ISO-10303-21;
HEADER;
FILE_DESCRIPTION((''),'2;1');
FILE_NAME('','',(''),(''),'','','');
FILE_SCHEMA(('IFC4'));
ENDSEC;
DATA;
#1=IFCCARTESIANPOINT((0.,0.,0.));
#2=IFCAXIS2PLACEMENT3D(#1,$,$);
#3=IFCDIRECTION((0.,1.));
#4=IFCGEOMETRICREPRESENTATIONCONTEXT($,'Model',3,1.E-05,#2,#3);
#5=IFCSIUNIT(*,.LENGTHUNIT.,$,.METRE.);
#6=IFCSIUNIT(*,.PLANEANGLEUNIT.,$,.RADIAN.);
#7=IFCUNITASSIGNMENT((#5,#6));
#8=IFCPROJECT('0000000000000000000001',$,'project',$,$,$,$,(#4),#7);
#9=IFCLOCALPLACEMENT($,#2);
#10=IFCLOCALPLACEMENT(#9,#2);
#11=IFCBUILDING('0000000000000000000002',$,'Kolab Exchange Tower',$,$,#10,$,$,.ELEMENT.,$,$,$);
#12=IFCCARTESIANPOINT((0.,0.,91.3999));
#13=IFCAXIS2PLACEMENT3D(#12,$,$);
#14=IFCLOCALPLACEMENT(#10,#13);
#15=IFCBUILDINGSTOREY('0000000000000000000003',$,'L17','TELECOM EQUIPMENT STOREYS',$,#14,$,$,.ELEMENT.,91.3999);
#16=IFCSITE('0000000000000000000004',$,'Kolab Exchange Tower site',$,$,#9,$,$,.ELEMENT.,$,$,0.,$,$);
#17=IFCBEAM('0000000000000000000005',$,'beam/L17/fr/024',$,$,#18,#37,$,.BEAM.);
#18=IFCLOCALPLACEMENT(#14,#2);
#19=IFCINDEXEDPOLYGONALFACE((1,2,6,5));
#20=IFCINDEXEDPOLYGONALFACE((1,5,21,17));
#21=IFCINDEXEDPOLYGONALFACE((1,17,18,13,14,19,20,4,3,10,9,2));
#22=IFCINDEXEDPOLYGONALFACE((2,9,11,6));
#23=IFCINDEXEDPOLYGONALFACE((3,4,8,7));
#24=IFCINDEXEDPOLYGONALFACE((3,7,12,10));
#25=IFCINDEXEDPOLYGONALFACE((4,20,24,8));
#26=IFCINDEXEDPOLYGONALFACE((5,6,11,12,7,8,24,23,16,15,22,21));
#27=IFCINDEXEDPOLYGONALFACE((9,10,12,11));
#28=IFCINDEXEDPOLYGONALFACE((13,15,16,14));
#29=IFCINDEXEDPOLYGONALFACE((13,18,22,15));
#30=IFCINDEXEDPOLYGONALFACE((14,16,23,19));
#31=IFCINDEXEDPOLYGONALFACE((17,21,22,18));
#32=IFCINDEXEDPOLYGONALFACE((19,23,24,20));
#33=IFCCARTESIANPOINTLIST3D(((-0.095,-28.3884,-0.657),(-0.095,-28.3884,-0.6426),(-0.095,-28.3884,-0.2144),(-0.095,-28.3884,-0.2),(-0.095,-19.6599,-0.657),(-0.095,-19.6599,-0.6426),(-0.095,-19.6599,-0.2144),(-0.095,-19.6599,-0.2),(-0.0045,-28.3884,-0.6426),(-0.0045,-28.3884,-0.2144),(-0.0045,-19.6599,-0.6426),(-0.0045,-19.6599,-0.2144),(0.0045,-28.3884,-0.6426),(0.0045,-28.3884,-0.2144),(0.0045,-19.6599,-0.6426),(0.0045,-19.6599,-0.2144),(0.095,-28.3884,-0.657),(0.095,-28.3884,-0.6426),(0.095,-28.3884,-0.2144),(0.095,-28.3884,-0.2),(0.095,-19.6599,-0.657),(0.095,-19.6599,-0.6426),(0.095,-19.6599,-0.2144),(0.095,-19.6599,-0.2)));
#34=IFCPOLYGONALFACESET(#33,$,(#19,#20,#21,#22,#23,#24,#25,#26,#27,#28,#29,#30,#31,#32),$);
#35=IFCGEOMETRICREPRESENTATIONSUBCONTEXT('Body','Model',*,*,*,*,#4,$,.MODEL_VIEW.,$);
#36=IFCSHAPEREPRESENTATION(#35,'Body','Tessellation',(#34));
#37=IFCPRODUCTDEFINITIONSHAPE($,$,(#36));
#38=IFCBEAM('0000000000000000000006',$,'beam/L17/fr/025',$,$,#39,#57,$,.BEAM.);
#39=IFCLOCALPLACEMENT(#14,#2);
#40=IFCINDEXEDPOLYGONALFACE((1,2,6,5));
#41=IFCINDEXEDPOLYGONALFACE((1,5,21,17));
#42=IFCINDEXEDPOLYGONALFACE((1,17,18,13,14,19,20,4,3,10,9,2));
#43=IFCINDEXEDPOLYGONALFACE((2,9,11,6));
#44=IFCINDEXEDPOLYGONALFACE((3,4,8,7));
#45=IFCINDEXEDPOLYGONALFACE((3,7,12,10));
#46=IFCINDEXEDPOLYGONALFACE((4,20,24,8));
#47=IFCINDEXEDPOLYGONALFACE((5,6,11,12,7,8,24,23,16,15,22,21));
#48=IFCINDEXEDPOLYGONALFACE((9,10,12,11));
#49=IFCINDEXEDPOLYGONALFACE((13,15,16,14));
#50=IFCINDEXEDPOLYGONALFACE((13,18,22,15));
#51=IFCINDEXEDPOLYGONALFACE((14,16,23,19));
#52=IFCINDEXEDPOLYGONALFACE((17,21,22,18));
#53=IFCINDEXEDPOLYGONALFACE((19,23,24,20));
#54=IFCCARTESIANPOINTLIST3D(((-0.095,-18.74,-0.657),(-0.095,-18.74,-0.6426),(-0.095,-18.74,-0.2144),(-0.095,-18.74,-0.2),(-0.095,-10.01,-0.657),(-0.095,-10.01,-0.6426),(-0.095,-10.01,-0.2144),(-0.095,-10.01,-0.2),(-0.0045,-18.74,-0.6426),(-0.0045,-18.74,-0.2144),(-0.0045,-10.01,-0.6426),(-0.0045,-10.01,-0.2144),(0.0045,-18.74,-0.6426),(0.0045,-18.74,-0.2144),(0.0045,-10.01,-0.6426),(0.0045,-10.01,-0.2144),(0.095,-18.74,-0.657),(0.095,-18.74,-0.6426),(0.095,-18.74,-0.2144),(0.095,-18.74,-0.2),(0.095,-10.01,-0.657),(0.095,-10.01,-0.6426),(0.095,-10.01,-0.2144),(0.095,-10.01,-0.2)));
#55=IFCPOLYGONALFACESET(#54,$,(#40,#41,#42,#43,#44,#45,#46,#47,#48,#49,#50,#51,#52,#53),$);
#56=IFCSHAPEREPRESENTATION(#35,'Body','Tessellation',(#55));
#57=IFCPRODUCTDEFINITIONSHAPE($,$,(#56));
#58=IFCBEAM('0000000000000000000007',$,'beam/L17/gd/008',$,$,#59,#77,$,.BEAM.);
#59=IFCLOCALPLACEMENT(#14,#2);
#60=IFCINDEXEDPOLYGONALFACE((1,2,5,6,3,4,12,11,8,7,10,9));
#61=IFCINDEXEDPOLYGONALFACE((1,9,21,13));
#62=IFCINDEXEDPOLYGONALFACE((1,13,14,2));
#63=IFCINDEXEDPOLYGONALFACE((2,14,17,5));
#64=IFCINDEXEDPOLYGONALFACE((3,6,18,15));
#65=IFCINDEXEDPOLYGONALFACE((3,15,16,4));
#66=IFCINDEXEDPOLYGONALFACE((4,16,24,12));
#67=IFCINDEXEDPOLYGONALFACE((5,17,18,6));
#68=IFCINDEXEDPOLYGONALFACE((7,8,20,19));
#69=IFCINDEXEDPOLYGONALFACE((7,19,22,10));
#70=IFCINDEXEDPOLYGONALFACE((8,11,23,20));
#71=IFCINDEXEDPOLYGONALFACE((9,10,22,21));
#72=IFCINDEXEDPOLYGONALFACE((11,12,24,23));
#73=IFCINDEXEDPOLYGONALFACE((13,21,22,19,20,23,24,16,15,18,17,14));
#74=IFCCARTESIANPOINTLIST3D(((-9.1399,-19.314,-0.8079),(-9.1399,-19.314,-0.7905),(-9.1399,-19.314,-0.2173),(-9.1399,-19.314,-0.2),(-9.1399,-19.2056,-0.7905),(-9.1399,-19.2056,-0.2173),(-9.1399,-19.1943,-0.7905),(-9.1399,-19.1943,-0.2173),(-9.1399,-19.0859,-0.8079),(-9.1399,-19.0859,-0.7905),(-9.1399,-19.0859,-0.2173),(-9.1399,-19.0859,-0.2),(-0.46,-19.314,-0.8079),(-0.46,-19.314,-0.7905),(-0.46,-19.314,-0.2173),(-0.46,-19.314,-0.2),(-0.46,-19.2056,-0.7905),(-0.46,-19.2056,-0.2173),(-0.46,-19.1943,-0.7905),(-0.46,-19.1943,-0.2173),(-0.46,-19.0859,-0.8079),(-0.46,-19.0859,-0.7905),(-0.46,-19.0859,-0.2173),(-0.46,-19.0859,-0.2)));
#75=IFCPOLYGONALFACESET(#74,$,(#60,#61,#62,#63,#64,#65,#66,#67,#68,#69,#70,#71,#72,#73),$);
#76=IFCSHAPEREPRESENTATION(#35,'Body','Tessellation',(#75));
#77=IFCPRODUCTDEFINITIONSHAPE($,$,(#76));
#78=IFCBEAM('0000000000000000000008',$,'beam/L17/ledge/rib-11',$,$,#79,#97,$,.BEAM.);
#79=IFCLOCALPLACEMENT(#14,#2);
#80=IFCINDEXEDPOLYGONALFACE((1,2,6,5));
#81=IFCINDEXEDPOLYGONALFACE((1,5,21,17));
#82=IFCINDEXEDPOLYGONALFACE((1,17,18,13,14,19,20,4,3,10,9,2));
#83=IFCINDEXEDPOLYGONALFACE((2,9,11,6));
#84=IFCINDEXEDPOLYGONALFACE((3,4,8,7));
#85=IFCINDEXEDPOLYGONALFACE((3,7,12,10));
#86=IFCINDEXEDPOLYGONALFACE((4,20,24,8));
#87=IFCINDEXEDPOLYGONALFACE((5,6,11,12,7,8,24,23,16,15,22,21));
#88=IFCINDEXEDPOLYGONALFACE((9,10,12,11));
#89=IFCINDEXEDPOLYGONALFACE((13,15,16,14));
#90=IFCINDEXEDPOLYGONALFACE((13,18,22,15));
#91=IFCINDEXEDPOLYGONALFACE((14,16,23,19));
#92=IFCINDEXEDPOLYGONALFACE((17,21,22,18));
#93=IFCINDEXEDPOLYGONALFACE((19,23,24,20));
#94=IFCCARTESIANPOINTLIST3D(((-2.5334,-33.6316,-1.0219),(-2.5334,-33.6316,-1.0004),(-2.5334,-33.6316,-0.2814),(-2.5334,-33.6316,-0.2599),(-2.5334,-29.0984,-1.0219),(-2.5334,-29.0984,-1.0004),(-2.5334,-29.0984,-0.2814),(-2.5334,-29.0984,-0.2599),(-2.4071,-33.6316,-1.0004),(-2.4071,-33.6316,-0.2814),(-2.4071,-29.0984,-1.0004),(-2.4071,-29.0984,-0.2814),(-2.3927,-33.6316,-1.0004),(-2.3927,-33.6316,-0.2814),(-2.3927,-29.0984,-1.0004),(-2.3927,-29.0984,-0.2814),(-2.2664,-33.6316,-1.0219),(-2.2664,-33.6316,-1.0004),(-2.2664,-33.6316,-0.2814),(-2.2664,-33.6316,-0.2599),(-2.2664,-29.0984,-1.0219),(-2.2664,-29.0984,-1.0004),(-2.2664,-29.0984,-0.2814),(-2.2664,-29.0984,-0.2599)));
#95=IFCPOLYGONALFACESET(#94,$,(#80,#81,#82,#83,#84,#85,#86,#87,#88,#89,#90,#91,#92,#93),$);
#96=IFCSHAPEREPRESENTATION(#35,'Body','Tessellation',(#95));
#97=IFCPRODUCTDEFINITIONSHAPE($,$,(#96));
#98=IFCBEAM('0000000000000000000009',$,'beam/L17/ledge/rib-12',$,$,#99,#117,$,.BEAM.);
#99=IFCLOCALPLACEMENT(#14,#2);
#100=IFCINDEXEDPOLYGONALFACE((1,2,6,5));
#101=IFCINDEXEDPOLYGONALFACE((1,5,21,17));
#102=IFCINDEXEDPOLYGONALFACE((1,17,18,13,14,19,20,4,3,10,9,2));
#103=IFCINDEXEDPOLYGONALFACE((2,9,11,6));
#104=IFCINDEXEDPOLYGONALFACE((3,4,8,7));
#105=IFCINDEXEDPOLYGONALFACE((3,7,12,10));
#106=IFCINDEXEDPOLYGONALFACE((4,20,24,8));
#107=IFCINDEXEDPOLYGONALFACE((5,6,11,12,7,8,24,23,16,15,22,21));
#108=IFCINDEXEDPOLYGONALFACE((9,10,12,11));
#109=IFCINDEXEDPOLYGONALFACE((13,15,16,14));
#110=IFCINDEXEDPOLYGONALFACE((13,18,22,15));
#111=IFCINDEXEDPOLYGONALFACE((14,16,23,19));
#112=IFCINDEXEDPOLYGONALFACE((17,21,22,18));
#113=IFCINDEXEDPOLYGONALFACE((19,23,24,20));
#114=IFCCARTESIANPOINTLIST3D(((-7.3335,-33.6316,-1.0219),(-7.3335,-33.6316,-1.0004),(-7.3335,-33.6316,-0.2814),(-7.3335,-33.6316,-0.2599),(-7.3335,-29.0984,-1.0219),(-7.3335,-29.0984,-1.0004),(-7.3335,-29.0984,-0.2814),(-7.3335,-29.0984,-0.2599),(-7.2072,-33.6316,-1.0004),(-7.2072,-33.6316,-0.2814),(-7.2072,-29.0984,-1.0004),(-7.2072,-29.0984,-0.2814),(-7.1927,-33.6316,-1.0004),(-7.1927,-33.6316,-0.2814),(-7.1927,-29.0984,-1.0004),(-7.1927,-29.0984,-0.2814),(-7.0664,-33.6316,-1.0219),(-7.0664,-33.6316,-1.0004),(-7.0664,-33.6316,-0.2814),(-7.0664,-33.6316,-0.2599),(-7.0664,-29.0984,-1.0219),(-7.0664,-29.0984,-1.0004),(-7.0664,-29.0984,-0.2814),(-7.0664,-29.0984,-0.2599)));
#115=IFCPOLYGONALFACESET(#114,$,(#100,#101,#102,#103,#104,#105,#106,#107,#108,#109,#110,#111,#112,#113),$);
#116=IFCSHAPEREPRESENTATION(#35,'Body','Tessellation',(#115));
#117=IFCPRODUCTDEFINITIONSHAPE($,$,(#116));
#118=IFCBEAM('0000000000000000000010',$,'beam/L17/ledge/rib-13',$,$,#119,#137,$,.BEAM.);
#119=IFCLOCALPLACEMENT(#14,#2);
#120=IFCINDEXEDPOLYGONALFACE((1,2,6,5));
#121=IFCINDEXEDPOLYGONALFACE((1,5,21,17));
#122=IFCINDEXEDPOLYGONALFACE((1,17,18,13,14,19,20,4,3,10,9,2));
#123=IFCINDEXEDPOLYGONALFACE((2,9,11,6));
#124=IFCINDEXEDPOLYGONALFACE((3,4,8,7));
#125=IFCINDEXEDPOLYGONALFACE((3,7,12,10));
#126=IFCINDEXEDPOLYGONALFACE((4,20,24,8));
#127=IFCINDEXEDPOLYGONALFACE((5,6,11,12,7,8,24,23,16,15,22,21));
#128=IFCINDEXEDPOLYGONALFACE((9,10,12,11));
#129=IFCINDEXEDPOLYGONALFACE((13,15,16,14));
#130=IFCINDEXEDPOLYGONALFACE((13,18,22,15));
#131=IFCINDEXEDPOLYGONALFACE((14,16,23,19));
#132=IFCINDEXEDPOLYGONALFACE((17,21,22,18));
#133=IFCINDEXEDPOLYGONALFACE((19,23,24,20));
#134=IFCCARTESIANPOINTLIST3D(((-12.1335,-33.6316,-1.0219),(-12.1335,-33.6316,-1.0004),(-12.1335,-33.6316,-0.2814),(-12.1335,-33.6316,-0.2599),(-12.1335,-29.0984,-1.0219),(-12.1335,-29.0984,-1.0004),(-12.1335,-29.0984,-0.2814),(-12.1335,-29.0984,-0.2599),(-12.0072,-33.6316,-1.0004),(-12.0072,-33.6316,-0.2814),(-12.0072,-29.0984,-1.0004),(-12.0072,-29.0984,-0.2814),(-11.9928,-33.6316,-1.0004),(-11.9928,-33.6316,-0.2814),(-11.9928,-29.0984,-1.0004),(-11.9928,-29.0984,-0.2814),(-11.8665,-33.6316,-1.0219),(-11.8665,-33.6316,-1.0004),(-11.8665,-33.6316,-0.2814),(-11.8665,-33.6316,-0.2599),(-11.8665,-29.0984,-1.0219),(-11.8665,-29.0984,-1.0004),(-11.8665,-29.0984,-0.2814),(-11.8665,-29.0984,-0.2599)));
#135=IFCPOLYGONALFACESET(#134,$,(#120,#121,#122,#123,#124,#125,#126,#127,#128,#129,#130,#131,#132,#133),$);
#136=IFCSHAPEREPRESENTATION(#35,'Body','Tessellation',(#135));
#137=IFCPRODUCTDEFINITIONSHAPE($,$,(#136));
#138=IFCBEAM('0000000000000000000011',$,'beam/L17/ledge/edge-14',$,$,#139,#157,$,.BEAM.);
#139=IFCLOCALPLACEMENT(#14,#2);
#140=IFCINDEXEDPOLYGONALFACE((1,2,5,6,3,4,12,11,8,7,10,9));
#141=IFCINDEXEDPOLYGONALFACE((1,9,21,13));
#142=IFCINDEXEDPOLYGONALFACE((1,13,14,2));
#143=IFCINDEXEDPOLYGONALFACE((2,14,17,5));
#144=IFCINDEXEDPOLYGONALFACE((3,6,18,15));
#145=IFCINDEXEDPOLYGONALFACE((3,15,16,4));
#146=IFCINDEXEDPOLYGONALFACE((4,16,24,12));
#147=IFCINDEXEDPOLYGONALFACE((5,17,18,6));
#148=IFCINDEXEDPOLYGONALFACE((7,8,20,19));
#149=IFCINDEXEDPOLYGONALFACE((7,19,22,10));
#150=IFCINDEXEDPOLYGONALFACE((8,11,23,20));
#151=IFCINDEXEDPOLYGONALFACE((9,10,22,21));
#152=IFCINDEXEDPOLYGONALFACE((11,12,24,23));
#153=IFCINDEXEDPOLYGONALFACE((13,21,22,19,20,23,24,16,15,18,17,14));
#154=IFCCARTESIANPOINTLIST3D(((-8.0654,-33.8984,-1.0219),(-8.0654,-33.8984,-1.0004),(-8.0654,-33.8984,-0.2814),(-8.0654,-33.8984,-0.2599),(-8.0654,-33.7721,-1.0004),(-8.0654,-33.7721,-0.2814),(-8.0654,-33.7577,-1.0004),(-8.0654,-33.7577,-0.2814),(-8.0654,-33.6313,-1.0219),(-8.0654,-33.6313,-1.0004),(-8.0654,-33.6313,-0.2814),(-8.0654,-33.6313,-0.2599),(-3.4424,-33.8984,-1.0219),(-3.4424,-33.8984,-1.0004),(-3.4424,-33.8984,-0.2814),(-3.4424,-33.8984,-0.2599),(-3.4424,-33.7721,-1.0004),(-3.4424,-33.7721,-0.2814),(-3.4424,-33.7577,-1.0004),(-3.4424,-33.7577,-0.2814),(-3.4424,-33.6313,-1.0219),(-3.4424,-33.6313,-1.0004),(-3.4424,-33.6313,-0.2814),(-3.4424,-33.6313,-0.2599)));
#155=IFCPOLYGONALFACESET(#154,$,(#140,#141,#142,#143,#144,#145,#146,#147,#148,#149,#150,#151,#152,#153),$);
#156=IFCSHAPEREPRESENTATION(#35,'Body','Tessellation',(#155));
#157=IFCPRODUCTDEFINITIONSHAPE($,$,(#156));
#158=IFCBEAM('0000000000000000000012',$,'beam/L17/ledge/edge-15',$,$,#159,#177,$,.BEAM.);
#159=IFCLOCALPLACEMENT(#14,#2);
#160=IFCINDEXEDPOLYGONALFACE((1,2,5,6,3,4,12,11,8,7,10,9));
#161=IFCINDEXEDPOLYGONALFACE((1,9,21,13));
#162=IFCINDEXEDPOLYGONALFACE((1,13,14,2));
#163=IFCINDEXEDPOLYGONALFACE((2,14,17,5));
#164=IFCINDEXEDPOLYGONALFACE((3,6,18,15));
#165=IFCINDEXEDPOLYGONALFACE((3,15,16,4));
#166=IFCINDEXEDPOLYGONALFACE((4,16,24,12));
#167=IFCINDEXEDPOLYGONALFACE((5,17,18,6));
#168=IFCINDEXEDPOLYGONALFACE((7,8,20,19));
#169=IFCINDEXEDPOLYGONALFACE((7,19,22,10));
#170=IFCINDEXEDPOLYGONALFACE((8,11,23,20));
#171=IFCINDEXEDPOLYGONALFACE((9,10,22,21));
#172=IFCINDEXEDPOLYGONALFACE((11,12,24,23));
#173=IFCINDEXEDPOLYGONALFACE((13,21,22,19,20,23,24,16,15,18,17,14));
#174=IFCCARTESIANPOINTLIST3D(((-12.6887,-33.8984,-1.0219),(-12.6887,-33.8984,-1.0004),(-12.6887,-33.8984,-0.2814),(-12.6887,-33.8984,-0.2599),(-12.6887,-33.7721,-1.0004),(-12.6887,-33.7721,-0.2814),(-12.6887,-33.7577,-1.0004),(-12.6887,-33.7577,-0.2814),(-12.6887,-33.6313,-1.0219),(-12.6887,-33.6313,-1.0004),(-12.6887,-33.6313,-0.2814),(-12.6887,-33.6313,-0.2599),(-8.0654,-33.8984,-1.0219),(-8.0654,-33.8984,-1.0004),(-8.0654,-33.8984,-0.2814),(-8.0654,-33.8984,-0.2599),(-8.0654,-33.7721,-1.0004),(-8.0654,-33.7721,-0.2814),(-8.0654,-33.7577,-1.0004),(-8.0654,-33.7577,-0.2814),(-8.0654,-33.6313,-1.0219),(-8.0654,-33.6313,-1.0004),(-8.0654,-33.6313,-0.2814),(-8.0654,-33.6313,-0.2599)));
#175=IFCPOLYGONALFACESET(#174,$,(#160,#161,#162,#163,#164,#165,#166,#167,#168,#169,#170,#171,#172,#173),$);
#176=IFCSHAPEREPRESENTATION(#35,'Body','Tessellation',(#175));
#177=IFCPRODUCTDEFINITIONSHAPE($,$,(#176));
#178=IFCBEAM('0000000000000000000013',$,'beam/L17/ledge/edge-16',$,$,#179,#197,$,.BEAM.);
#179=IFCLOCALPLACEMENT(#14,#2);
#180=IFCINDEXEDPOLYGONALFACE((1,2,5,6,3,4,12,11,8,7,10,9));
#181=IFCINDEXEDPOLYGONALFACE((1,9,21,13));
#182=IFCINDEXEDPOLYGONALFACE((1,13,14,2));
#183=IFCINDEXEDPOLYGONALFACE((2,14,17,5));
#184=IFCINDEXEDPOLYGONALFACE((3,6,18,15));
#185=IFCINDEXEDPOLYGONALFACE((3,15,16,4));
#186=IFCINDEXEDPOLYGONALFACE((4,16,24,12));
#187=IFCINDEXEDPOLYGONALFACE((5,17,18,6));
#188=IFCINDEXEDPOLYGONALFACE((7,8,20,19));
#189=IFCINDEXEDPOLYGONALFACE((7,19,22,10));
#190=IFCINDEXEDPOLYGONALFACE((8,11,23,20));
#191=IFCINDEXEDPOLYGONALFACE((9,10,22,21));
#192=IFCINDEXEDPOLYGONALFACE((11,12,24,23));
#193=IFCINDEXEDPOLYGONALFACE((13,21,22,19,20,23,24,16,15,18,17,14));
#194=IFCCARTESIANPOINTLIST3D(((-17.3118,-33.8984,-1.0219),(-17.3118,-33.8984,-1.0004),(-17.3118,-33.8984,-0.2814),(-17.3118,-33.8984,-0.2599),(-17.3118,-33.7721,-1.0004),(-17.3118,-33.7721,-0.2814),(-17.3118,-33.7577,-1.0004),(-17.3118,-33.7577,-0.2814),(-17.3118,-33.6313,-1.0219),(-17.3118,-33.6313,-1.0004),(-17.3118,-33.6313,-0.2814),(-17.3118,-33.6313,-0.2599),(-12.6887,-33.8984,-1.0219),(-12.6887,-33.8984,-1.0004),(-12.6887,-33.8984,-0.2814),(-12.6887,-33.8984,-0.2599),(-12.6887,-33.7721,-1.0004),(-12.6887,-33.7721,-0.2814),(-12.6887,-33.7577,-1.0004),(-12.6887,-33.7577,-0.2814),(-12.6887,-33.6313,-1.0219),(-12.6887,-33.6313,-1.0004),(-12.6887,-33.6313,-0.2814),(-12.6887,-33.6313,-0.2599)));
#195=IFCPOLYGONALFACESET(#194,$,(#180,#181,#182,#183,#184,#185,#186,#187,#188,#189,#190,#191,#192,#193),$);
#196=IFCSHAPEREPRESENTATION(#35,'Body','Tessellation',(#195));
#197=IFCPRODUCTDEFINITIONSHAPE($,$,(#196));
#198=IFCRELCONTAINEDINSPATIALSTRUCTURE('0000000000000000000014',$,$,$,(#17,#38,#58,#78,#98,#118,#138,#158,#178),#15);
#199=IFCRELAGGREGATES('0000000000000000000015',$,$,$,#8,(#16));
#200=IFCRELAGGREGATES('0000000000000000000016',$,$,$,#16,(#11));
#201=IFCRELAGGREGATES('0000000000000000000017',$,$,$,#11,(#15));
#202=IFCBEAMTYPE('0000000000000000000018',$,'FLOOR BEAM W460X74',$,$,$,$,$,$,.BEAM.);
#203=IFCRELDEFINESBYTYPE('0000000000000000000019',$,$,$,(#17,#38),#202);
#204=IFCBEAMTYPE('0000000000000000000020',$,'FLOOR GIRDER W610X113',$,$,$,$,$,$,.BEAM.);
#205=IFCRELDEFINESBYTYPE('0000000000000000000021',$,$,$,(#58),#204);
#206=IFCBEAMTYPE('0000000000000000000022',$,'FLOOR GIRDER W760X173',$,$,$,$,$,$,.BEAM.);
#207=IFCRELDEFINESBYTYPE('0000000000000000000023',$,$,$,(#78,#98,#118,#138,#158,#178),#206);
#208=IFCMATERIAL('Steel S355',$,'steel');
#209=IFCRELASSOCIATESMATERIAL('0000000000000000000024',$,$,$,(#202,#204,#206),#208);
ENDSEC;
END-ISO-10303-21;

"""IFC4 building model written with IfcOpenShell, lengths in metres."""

from ifc_helpers import new_model, si_unit, direction, frame, origin, origin_2d, place, context, subcontext, project, spatial, i_section, extrude, material, material_profile, profile_set, type_object, element, save


model = new_model("IFC4")

# Units and contexts
model_context = context("Model", 3, precision=1e-05, world=origin(), true_north=direction((0.0, 1.0)))
body_context = subcontext(model_context, "Body", "Model", "MODEL_VIEW")
ifc_project = project(units=[si_unit("LENGTHUNIT", "METRE"), si_unit("PLANEANGLEUNIT", "RADIAN")], contexts=[model_context])

# Site, building, storey
site_placement = place(None, origin())
site = spatial("IfcSite", under=ifc_project, at=site_placement, Name="Kolab Exchange Tower site", CompositionType="ELEMENT", RefElevation=0.0)
building_placement = place(site_placement, origin())
building = spatial("IfcBuilding", under=site, at=building_placement, Name="Kolab Exchange Tower", CompositionType="ELEMENT")
storey_placement = place(building_placement, frame((0.0, 0.0, 91.3999)))
storey = spatial("IfcBuildingStorey", under=building, at=storey_placement, Name="L17", Description="TELECOM EQUIPMENT STOREYS", CompositionType="ELEMENT", Elevation=91.3999)

# Beams
ifc_material_1 = material(Name="Steel S355", Category="steel")
ifc_material_profile_1 = material_profile(ifc_material_1, i_section(OverallWidth=0.1899, OverallDepth=0.457, WebThickness=0.009, FlangeThickness=0.0144, at=origin_2d()), Name="W460X74")
ifc_profile_set_1 = profile_set([ifc_material_profile_1], Name="Steel S355")
beam_type_1 = type_object("IfcBeamType", Name="FLOOR BEAM W460X74", PredefinedType="BEAM", material=ifc_profile_set_1)
beam_1_placement = place(storey_placement, frame((0.0, -28.3884, -0.4285), z_axis=(0.0, 1.0, 0.0), x_axis=(-1.0, 0.0, 0.0)))
element("IfcBeam", 1, at=beam_1_placement, inside=storey, type_object=beam_type_1, Name="beam/L17/fr/024", PredefinedType="BEAM", context=body_context, shape_type="SweptSolid", body=[
    extrude(i_section(OverallWidth=0.1899, OverallDepth=0.457, WebThickness=0.009, FlangeThickness=0.0144, at=origin_2d()), origin(), (0.0, 0.0, 1.0), 8.7285),
])
beam_2_placement = place(storey_placement, frame((0.0, -18.74, -0.4285), z_axis=(0.0, 1.0, 0.0), x_axis=(-1.0, 0.0, 0.0)))
element("IfcBeam", 2, at=beam_2_placement, inside=storey, type_object=beam_type_1, Name="beam/L17/fr/025", PredefinedType="BEAM", context=body_context, shape_type="SweptSolid", body=[
    extrude(i_section(OverallWidth=0.1899, OverallDepth=0.457, WebThickness=0.009, FlangeThickness=0.0144, at=origin_2d()), origin(), (0.0, 0.0, 1.0), 8.73),
])
ifc_material_profile_2 = material_profile(ifc_material_1, i_section(OverallWidth=0.228, OverallDepth=0.6079, WebThickness=0.0112, FlangeThickness=0.0173, at=origin_2d()), Name="W610X113")
ifc_profile_set_2 = profile_set([ifc_material_profile_2], Name="Steel S355")
beam_type_2 = type_object("IfcBeamType", Name="FLOOR GIRDER W610X113", PredefinedType="BEAM", material=ifc_profile_set_2)
beam_3_placement = place(storey_placement, frame((-9.1399, -19.2, -0.5039), z_axis=(1.0, 0.0, 0.0), x_axis=(0.0, 1.0, 0.0)))
element("IfcBeam", 3, at=beam_3_placement, inside=storey, type_object=beam_type_2, Name="beam/L17/gd/008", PredefinedType="BEAM", context=body_context, shape_type="SweptSolid", body=[
    extrude(i_section(OverallWidth=0.228, OverallDepth=0.6079, WebThickness=0.0112, FlangeThickness=0.0173, at=origin_2d()), origin(), (0.0, 0.0, 1.0), 8.6799),
])
ifc_material_profile_3 = material_profile(ifc_material_1, i_section(OverallWidth=0.2671, OverallDepth=0.762, WebThickness=0.0144, FlangeThickness=0.0215, at=origin_2d()), Name="W760X173")
ifc_profile_set_3 = profile_set([ifc_material_profile_3], Name="Steel S355")
beam_type_3 = type_object("IfcBeamType", Name="FLOOR GIRDER W760X173", PredefinedType="BEAM", material=ifc_profile_set_3)
for number, where, z_axis, x_axis, name in (
    (4, (-2.3999, -29.0984, -0.6409), (0.0, -1.0, 0.0), (1.0, 0.0, 0.0), "beam/L17/ledge/rib-11"),
    (5, (-7.2, -29.0984, -0.6409), (0.0, -1.0, 0.0), (1.0, 0.0, 0.0), "beam/L17/ledge/rib-12"),
    (6, (-12.0, -29.0984, -0.6409), (0.0, -1.0, 0.0), (1.0, 0.0, 0.0), "beam/L17/ledge/rib-13"),
):
    element("IfcBeam", number, at=place(storey_placement, frame(where, z_axis=z_axis, x_axis=x_axis)), inside=storey, type_object=beam_type_3, Name=name, PredefinedType="BEAM", context=body_context, shape_type="SweptSolid", body=[
        extrude(i_section(OverallWidth=0.2671, OverallDepth=0.762, WebThickness=0.0144, FlangeThickness=0.0215, at=origin_2d()), origin(), (0.0, 0.0, 1.0), 4.5332),
    ])
beam_4_placement = place(storey_placement, frame((-3.4424, -33.7649, -0.6409), z_axis=(-1.0, 0.0, 0.0), x_axis=(0.0, -1.0, 0.0)))
element("IfcBeam", 7, at=beam_4_placement, inside=storey, type_object=beam_type_3, Name="beam/L17/ledge/edge-14", PredefinedType="BEAM", context=body_context, shape_type="SweptSolid", body=[
    extrude(i_section(OverallWidth=0.2671, OverallDepth=0.762, WebThickness=0.0144, FlangeThickness=0.0215, at=origin_2d()), origin(), (0.0, 0.0, 1.0), 4.623),
])
beam_5_placement = place(storey_placement, frame((-8.0654, -33.7649, -0.6409), z_axis=(-1.0, 0.0, 0.0), x_axis=(0.0, -1.0, 0.0)))
element("IfcBeam", 8, at=beam_5_placement, inside=storey, type_object=beam_type_3, Name="beam/L17/ledge/edge-15", PredefinedType="BEAM", context=body_context, shape_type="SweptSolid", body=[
    extrude(i_section(OverallWidth=0.2671, OverallDepth=0.762, WebThickness=0.0144, FlangeThickness=0.0215, at=origin_2d()), origin(), (0.0, 0.0, 1.0), 4.6233),
])
beam_6_placement = place(storey_placement, frame((-12.6887, -33.7649, -0.6409), z_axis=(-1.0, 0.0, 0.0), x_axis=(0.0, -1.0, 0.0)))
element("IfcBeam", 9, at=beam_6_placement, inside=storey, type_object=beam_type_3, Name="beam/L17/ledge/edge-16", PredefinedType="BEAM", context=body_context, shape_type="SweptSolid", body=[
    extrude(i_section(OverallWidth=0.2671, OverallDepth=0.762, WebThickness=0.0144, FlangeThickness=0.0215, at=origin_2d()), origin(), (0.0, 0.0, 1.0), 4.623),
])

save(model, "model.ifc")
